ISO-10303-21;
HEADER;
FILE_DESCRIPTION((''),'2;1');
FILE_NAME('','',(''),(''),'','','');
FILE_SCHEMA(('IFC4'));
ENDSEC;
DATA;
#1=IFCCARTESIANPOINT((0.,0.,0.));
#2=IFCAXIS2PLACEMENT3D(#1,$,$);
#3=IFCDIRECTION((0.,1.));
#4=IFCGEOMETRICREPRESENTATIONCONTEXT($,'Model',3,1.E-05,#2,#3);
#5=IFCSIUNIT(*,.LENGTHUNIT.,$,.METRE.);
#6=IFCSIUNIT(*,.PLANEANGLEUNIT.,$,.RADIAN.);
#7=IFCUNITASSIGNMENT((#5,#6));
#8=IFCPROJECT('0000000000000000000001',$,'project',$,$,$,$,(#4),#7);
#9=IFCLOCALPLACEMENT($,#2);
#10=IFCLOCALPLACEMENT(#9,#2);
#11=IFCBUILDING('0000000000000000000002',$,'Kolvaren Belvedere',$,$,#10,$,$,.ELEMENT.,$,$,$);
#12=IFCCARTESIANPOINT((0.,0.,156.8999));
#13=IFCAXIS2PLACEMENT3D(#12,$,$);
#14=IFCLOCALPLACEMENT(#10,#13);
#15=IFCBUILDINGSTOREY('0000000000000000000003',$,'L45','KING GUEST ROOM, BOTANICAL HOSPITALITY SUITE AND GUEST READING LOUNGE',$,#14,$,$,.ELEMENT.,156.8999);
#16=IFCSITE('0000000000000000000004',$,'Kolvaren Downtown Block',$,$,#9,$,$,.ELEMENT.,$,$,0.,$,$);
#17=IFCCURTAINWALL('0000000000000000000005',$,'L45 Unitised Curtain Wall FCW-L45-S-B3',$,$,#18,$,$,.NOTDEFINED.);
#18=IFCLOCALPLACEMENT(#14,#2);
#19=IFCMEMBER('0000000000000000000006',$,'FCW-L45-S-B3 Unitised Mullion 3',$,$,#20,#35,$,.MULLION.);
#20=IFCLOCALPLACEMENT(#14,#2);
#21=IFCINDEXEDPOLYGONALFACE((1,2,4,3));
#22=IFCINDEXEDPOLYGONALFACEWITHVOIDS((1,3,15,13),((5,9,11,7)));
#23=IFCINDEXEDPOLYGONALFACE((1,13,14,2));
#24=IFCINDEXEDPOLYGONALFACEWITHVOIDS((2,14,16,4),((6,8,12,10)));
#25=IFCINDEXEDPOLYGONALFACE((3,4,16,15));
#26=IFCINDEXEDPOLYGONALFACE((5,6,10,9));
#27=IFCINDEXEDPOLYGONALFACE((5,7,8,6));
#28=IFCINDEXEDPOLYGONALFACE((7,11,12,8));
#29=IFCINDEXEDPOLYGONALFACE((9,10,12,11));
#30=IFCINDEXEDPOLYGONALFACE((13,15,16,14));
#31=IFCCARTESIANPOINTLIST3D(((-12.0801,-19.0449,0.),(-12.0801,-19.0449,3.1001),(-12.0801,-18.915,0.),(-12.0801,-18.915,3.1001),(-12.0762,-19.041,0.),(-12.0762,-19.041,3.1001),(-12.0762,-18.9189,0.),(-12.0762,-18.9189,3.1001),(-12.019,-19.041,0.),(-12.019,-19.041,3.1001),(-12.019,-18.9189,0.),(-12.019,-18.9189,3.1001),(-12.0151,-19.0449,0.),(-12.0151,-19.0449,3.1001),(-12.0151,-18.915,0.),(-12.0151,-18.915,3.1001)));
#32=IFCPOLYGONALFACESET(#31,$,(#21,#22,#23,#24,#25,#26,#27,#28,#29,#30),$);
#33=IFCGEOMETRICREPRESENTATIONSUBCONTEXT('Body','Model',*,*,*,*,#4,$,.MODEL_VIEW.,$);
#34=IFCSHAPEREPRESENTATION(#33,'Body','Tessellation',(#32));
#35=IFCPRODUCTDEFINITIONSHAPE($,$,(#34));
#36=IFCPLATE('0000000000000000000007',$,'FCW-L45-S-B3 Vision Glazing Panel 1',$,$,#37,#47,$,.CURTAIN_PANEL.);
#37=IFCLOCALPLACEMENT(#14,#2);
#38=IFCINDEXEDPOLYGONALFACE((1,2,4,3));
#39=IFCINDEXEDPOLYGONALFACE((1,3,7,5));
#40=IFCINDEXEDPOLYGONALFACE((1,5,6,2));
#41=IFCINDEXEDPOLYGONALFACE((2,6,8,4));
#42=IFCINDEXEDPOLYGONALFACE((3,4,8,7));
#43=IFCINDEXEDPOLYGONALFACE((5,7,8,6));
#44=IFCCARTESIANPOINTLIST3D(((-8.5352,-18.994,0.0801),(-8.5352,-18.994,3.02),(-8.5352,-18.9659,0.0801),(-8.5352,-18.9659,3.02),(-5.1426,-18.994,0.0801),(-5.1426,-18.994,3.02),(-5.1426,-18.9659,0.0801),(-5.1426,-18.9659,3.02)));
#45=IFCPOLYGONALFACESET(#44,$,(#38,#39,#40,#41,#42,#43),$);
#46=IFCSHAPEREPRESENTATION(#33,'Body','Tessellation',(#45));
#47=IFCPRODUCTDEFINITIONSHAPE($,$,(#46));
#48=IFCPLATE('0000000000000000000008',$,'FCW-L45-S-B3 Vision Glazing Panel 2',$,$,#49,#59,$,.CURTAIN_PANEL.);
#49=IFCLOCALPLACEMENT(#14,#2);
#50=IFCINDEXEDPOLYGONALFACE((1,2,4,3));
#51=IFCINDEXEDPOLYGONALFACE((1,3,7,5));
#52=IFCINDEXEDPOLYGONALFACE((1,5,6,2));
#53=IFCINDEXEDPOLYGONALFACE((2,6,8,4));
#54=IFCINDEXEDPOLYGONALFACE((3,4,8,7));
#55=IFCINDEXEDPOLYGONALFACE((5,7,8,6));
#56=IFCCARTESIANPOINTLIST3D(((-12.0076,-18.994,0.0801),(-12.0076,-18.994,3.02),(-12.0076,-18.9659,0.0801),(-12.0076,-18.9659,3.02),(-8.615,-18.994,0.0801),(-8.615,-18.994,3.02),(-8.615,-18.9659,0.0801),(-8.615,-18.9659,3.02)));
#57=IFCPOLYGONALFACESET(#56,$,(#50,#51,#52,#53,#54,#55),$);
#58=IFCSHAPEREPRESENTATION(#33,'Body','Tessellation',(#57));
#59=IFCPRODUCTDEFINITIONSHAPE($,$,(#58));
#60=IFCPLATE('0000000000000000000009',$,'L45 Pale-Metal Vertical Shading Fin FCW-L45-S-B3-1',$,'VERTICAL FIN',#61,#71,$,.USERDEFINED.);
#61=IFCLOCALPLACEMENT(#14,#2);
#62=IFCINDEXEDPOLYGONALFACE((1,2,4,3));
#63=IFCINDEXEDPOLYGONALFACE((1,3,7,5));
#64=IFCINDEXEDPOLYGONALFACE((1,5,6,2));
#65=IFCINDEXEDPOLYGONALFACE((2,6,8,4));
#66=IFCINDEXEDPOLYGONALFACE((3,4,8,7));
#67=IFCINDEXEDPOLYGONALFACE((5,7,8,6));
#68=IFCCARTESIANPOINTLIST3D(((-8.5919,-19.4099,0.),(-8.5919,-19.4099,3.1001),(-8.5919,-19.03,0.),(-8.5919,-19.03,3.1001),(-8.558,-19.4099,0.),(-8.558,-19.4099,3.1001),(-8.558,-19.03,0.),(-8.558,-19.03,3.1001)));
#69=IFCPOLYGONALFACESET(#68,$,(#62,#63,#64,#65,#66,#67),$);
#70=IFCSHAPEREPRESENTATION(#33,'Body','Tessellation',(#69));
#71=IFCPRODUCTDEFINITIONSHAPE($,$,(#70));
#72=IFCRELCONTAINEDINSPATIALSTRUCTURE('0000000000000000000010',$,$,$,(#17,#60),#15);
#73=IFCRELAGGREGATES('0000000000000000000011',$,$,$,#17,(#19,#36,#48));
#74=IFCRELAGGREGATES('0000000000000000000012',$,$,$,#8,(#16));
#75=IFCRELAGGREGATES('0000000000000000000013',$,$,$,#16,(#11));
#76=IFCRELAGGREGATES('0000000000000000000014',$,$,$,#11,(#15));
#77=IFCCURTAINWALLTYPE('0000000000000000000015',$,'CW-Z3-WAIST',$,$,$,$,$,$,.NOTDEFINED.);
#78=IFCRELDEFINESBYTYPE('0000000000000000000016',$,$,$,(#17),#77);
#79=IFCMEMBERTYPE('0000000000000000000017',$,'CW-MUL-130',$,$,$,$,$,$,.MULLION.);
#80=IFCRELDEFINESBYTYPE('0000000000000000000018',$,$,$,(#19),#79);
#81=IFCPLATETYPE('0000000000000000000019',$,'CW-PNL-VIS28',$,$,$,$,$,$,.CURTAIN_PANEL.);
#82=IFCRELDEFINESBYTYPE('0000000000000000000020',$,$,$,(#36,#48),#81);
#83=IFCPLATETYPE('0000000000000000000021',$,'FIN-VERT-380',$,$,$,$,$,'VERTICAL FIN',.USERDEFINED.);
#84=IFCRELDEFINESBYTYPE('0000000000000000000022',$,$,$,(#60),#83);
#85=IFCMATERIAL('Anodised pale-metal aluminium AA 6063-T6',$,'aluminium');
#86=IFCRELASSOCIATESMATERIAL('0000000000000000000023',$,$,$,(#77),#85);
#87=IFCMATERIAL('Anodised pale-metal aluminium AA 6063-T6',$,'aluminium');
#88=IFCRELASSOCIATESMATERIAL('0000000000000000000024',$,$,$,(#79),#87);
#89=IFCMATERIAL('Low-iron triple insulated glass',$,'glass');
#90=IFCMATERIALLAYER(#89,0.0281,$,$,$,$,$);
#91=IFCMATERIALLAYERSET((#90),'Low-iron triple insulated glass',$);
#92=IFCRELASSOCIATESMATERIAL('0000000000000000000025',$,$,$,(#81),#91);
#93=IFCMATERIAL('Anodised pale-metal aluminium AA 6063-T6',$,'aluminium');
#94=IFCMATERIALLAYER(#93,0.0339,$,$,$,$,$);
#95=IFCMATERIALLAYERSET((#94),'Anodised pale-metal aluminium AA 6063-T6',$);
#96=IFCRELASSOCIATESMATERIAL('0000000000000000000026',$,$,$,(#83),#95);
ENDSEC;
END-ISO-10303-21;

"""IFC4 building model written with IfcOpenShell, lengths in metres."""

from ifc_helpers import new_model, si_unit, direction, frame, origin, origin_2d, place, context, subcontext, project, spatial, rectangle, hollow_rectangle, extrude, material, layer, layer_set, material_profile, profile_set, type_object, element, aggregate, save


model = new_model("IFC4")

# Units and contexts
model_context = context("Model", 3, precision=1e-05, world=origin(), true_north=direction((0.0, 1.0)))
body_context = subcontext(model_context, "Body", "Model", "MODEL_VIEW")
ifc_project = project(units=[si_unit("LENGTHUNIT", "METRE"), si_unit("PLANEANGLEUNIT", "RADIAN")], contexts=[model_context])

# Site, building, storey
site_placement = place(None, origin())
site = spatial("IfcSite", under=ifc_project, at=site_placement, Name="Kolvaren Downtown Block", CompositionType="ELEMENT", RefElevation=0.0)
building_placement = place(site_placement, origin())
building = spatial("IfcBuilding", under=site, at=building_placement, Name="Kolvaren Belvedere", CompositionType="ELEMENT")
storey_placement = place(building_placement, frame((0.0, 0.0, 156.8999)))
storey = spatial("IfcBuildingStorey", under=building, at=storey_placement, Name="L45", Description="KING GUEST ROOM, BOTANICAL HOSPITALITY SUITE AND GUEST READING LOUNGE", CompositionType="ELEMENT", Elevation=156.8999)

# Curtain wall, member, plates
ifc_material_1 = material(Name="Anodised pale-metal aluminium AA 6063-T6", Category="aluminium")
curtain_wall_type = type_object("IfcCurtainWallType", Name="CW-Z3-WAIST", PredefinedType="NOTDEFINED", material=ifc_material_1)
curtain_wall_placement = place(storey_placement, origin())
curtain_wall = element("IfcCurtainWall", 1, at=curtain_wall_placement, inside=storey, type_object=curtain_wall_type, Name="L45 Unitised Curtain Wall FCW-L45-S-B3", PredefinedType="NOTDEFINED")
ifc_material_2 = material(Name="Anodised pale-metal aluminium AA 6063-T6", Category="aluminium")
ifc_material_profile_1 = material_profile(ifc_material_2, hollow_rectangle(XDim=0.0649, YDim=0.1299, WallThickness=0.0039, at=origin_2d()), Name="ALU-MUL-130X65")
ifc_profile_set_1 = profile_set([ifc_material_profile_1], Name="Anodised pale-metal aluminium AA 6063-T6")
member_type = type_object("IfcMemberType", Name="CW-MUL-130", PredefinedType="MULLION", material=ifc_profile_set_1)
member_1_placement = place(storey_placement, frame((-12.0476, -18.98, 0.0), z_axis=(0.0, 0.0, 1.0), x_axis=(1.0, 0.0, 0.0)))
member_1 = element("IfcMember", 2, at=member_1_placement, type_object=member_type, Name="FCW-L45-S-B3 Unitised Mullion 3", PredefinedType="MULLION", context=body_context, shape_type="SweptSolid", body=[
    extrude(hollow_rectangle(XDim=0.0649, YDim=0.1299, WallThickness=0.0039, at=origin_2d()), origin(), (0.0, 0.0, 1.0), 3.1001),
])
ifc_material_3 = material(Name="Low-iron triple insulated glass", Category="glass")
ifc_layer_1 = layer(ifc_material_3, 0.0281)
ifc_layer_set_1 = layer_set([ifc_layer_1], Name="Low-iron triple insulated glass")
plate_type_1 = type_object("IfcPlateType", Name="CW-PNL-VIS28", PredefinedType="CURTAIN_PANEL", material=ifc_layer_set_1)
plate_1_placement = place(storey_placement, frame((-6.8389, -18.98, 0.0801), z_axis=(0.0, 0.0, 1.0), x_axis=(-1.0, 0.0, 0.0)))
plate_1 = element("IfcPlate", 3, at=plate_1_placement, type_object=plate_type_1, Name="FCW-L45-S-B3 Vision Glazing Panel 1", PredefinedType="CURTAIN_PANEL", context=body_context, shape_type="SweptSolid", body=[
    extrude(rectangle(XDim=3.3926, YDim=0.0281, at=origin_2d()), origin(), (0.0, 0.0, 1.0), 2.9399),
])
plate_2_placement = place(storey_placement, frame((-10.3113, -18.98, 0.0801), z_axis=(0.0, 0.0, 1.0), x_axis=(-1.0, 0.0, 0.0)))
plate_2 = element("IfcPlate", 4, at=plate_2_placement, type_object=plate_type_1, Name="FCW-L45-S-B3 Vision Glazing Panel 2", PredefinedType="CURTAIN_PANEL", context=body_context, shape_type="SweptSolid", body=[
    extrude(rectangle(XDim=3.3926, YDim=0.0281, at=origin_2d()), origin(), (0.0, 0.0, 1.0), 2.9399),
])
aggregate(curtain_wall, [member_1, plate_1, plate_2])

# Plate
ifc_material_4 = material(Name="Anodised pale-metal aluminium AA 6063-T6", Category="aluminium")
ifc_layer_2 = layer(ifc_material_4, 0.0339)
ifc_layer_set_2 = layer_set([ifc_layer_2], Name="Anodised pale-metal aluminium AA 6063-T6")
plate_type_2 = type_object("IfcPlateType", Name="FIN-VERT-380", ElementType="VERTICAL FIN", PredefinedType="USERDEFINED", material=ifc_layer_set_2)
plate_3_placement = place(storey_placement, frame((-8.575, -19.22, 0.0), z_axis=(0.0, 0.0, 1.0), x_axis=(0.0, 1.0, 0.0)))
element("IfcPlate", 5, at=plate_3_placement, inside=storey, type_object=plate_type_2, Name="L45 Pale-Metal Vertical Shading Fin FCW-L45-S-B3-1", ObjectType="VERTICAL FIN", PredefinedType="USERDEFINED", context=body_context, shape_type="SweptSolid", body=[
    extrude(rectangle(XDim=0.3799, YDim=0.0339, at=origin_2d()), origin(), (0.0, 0.0, 1.0), 3.1001),
])

save(model, "model.ifc")
